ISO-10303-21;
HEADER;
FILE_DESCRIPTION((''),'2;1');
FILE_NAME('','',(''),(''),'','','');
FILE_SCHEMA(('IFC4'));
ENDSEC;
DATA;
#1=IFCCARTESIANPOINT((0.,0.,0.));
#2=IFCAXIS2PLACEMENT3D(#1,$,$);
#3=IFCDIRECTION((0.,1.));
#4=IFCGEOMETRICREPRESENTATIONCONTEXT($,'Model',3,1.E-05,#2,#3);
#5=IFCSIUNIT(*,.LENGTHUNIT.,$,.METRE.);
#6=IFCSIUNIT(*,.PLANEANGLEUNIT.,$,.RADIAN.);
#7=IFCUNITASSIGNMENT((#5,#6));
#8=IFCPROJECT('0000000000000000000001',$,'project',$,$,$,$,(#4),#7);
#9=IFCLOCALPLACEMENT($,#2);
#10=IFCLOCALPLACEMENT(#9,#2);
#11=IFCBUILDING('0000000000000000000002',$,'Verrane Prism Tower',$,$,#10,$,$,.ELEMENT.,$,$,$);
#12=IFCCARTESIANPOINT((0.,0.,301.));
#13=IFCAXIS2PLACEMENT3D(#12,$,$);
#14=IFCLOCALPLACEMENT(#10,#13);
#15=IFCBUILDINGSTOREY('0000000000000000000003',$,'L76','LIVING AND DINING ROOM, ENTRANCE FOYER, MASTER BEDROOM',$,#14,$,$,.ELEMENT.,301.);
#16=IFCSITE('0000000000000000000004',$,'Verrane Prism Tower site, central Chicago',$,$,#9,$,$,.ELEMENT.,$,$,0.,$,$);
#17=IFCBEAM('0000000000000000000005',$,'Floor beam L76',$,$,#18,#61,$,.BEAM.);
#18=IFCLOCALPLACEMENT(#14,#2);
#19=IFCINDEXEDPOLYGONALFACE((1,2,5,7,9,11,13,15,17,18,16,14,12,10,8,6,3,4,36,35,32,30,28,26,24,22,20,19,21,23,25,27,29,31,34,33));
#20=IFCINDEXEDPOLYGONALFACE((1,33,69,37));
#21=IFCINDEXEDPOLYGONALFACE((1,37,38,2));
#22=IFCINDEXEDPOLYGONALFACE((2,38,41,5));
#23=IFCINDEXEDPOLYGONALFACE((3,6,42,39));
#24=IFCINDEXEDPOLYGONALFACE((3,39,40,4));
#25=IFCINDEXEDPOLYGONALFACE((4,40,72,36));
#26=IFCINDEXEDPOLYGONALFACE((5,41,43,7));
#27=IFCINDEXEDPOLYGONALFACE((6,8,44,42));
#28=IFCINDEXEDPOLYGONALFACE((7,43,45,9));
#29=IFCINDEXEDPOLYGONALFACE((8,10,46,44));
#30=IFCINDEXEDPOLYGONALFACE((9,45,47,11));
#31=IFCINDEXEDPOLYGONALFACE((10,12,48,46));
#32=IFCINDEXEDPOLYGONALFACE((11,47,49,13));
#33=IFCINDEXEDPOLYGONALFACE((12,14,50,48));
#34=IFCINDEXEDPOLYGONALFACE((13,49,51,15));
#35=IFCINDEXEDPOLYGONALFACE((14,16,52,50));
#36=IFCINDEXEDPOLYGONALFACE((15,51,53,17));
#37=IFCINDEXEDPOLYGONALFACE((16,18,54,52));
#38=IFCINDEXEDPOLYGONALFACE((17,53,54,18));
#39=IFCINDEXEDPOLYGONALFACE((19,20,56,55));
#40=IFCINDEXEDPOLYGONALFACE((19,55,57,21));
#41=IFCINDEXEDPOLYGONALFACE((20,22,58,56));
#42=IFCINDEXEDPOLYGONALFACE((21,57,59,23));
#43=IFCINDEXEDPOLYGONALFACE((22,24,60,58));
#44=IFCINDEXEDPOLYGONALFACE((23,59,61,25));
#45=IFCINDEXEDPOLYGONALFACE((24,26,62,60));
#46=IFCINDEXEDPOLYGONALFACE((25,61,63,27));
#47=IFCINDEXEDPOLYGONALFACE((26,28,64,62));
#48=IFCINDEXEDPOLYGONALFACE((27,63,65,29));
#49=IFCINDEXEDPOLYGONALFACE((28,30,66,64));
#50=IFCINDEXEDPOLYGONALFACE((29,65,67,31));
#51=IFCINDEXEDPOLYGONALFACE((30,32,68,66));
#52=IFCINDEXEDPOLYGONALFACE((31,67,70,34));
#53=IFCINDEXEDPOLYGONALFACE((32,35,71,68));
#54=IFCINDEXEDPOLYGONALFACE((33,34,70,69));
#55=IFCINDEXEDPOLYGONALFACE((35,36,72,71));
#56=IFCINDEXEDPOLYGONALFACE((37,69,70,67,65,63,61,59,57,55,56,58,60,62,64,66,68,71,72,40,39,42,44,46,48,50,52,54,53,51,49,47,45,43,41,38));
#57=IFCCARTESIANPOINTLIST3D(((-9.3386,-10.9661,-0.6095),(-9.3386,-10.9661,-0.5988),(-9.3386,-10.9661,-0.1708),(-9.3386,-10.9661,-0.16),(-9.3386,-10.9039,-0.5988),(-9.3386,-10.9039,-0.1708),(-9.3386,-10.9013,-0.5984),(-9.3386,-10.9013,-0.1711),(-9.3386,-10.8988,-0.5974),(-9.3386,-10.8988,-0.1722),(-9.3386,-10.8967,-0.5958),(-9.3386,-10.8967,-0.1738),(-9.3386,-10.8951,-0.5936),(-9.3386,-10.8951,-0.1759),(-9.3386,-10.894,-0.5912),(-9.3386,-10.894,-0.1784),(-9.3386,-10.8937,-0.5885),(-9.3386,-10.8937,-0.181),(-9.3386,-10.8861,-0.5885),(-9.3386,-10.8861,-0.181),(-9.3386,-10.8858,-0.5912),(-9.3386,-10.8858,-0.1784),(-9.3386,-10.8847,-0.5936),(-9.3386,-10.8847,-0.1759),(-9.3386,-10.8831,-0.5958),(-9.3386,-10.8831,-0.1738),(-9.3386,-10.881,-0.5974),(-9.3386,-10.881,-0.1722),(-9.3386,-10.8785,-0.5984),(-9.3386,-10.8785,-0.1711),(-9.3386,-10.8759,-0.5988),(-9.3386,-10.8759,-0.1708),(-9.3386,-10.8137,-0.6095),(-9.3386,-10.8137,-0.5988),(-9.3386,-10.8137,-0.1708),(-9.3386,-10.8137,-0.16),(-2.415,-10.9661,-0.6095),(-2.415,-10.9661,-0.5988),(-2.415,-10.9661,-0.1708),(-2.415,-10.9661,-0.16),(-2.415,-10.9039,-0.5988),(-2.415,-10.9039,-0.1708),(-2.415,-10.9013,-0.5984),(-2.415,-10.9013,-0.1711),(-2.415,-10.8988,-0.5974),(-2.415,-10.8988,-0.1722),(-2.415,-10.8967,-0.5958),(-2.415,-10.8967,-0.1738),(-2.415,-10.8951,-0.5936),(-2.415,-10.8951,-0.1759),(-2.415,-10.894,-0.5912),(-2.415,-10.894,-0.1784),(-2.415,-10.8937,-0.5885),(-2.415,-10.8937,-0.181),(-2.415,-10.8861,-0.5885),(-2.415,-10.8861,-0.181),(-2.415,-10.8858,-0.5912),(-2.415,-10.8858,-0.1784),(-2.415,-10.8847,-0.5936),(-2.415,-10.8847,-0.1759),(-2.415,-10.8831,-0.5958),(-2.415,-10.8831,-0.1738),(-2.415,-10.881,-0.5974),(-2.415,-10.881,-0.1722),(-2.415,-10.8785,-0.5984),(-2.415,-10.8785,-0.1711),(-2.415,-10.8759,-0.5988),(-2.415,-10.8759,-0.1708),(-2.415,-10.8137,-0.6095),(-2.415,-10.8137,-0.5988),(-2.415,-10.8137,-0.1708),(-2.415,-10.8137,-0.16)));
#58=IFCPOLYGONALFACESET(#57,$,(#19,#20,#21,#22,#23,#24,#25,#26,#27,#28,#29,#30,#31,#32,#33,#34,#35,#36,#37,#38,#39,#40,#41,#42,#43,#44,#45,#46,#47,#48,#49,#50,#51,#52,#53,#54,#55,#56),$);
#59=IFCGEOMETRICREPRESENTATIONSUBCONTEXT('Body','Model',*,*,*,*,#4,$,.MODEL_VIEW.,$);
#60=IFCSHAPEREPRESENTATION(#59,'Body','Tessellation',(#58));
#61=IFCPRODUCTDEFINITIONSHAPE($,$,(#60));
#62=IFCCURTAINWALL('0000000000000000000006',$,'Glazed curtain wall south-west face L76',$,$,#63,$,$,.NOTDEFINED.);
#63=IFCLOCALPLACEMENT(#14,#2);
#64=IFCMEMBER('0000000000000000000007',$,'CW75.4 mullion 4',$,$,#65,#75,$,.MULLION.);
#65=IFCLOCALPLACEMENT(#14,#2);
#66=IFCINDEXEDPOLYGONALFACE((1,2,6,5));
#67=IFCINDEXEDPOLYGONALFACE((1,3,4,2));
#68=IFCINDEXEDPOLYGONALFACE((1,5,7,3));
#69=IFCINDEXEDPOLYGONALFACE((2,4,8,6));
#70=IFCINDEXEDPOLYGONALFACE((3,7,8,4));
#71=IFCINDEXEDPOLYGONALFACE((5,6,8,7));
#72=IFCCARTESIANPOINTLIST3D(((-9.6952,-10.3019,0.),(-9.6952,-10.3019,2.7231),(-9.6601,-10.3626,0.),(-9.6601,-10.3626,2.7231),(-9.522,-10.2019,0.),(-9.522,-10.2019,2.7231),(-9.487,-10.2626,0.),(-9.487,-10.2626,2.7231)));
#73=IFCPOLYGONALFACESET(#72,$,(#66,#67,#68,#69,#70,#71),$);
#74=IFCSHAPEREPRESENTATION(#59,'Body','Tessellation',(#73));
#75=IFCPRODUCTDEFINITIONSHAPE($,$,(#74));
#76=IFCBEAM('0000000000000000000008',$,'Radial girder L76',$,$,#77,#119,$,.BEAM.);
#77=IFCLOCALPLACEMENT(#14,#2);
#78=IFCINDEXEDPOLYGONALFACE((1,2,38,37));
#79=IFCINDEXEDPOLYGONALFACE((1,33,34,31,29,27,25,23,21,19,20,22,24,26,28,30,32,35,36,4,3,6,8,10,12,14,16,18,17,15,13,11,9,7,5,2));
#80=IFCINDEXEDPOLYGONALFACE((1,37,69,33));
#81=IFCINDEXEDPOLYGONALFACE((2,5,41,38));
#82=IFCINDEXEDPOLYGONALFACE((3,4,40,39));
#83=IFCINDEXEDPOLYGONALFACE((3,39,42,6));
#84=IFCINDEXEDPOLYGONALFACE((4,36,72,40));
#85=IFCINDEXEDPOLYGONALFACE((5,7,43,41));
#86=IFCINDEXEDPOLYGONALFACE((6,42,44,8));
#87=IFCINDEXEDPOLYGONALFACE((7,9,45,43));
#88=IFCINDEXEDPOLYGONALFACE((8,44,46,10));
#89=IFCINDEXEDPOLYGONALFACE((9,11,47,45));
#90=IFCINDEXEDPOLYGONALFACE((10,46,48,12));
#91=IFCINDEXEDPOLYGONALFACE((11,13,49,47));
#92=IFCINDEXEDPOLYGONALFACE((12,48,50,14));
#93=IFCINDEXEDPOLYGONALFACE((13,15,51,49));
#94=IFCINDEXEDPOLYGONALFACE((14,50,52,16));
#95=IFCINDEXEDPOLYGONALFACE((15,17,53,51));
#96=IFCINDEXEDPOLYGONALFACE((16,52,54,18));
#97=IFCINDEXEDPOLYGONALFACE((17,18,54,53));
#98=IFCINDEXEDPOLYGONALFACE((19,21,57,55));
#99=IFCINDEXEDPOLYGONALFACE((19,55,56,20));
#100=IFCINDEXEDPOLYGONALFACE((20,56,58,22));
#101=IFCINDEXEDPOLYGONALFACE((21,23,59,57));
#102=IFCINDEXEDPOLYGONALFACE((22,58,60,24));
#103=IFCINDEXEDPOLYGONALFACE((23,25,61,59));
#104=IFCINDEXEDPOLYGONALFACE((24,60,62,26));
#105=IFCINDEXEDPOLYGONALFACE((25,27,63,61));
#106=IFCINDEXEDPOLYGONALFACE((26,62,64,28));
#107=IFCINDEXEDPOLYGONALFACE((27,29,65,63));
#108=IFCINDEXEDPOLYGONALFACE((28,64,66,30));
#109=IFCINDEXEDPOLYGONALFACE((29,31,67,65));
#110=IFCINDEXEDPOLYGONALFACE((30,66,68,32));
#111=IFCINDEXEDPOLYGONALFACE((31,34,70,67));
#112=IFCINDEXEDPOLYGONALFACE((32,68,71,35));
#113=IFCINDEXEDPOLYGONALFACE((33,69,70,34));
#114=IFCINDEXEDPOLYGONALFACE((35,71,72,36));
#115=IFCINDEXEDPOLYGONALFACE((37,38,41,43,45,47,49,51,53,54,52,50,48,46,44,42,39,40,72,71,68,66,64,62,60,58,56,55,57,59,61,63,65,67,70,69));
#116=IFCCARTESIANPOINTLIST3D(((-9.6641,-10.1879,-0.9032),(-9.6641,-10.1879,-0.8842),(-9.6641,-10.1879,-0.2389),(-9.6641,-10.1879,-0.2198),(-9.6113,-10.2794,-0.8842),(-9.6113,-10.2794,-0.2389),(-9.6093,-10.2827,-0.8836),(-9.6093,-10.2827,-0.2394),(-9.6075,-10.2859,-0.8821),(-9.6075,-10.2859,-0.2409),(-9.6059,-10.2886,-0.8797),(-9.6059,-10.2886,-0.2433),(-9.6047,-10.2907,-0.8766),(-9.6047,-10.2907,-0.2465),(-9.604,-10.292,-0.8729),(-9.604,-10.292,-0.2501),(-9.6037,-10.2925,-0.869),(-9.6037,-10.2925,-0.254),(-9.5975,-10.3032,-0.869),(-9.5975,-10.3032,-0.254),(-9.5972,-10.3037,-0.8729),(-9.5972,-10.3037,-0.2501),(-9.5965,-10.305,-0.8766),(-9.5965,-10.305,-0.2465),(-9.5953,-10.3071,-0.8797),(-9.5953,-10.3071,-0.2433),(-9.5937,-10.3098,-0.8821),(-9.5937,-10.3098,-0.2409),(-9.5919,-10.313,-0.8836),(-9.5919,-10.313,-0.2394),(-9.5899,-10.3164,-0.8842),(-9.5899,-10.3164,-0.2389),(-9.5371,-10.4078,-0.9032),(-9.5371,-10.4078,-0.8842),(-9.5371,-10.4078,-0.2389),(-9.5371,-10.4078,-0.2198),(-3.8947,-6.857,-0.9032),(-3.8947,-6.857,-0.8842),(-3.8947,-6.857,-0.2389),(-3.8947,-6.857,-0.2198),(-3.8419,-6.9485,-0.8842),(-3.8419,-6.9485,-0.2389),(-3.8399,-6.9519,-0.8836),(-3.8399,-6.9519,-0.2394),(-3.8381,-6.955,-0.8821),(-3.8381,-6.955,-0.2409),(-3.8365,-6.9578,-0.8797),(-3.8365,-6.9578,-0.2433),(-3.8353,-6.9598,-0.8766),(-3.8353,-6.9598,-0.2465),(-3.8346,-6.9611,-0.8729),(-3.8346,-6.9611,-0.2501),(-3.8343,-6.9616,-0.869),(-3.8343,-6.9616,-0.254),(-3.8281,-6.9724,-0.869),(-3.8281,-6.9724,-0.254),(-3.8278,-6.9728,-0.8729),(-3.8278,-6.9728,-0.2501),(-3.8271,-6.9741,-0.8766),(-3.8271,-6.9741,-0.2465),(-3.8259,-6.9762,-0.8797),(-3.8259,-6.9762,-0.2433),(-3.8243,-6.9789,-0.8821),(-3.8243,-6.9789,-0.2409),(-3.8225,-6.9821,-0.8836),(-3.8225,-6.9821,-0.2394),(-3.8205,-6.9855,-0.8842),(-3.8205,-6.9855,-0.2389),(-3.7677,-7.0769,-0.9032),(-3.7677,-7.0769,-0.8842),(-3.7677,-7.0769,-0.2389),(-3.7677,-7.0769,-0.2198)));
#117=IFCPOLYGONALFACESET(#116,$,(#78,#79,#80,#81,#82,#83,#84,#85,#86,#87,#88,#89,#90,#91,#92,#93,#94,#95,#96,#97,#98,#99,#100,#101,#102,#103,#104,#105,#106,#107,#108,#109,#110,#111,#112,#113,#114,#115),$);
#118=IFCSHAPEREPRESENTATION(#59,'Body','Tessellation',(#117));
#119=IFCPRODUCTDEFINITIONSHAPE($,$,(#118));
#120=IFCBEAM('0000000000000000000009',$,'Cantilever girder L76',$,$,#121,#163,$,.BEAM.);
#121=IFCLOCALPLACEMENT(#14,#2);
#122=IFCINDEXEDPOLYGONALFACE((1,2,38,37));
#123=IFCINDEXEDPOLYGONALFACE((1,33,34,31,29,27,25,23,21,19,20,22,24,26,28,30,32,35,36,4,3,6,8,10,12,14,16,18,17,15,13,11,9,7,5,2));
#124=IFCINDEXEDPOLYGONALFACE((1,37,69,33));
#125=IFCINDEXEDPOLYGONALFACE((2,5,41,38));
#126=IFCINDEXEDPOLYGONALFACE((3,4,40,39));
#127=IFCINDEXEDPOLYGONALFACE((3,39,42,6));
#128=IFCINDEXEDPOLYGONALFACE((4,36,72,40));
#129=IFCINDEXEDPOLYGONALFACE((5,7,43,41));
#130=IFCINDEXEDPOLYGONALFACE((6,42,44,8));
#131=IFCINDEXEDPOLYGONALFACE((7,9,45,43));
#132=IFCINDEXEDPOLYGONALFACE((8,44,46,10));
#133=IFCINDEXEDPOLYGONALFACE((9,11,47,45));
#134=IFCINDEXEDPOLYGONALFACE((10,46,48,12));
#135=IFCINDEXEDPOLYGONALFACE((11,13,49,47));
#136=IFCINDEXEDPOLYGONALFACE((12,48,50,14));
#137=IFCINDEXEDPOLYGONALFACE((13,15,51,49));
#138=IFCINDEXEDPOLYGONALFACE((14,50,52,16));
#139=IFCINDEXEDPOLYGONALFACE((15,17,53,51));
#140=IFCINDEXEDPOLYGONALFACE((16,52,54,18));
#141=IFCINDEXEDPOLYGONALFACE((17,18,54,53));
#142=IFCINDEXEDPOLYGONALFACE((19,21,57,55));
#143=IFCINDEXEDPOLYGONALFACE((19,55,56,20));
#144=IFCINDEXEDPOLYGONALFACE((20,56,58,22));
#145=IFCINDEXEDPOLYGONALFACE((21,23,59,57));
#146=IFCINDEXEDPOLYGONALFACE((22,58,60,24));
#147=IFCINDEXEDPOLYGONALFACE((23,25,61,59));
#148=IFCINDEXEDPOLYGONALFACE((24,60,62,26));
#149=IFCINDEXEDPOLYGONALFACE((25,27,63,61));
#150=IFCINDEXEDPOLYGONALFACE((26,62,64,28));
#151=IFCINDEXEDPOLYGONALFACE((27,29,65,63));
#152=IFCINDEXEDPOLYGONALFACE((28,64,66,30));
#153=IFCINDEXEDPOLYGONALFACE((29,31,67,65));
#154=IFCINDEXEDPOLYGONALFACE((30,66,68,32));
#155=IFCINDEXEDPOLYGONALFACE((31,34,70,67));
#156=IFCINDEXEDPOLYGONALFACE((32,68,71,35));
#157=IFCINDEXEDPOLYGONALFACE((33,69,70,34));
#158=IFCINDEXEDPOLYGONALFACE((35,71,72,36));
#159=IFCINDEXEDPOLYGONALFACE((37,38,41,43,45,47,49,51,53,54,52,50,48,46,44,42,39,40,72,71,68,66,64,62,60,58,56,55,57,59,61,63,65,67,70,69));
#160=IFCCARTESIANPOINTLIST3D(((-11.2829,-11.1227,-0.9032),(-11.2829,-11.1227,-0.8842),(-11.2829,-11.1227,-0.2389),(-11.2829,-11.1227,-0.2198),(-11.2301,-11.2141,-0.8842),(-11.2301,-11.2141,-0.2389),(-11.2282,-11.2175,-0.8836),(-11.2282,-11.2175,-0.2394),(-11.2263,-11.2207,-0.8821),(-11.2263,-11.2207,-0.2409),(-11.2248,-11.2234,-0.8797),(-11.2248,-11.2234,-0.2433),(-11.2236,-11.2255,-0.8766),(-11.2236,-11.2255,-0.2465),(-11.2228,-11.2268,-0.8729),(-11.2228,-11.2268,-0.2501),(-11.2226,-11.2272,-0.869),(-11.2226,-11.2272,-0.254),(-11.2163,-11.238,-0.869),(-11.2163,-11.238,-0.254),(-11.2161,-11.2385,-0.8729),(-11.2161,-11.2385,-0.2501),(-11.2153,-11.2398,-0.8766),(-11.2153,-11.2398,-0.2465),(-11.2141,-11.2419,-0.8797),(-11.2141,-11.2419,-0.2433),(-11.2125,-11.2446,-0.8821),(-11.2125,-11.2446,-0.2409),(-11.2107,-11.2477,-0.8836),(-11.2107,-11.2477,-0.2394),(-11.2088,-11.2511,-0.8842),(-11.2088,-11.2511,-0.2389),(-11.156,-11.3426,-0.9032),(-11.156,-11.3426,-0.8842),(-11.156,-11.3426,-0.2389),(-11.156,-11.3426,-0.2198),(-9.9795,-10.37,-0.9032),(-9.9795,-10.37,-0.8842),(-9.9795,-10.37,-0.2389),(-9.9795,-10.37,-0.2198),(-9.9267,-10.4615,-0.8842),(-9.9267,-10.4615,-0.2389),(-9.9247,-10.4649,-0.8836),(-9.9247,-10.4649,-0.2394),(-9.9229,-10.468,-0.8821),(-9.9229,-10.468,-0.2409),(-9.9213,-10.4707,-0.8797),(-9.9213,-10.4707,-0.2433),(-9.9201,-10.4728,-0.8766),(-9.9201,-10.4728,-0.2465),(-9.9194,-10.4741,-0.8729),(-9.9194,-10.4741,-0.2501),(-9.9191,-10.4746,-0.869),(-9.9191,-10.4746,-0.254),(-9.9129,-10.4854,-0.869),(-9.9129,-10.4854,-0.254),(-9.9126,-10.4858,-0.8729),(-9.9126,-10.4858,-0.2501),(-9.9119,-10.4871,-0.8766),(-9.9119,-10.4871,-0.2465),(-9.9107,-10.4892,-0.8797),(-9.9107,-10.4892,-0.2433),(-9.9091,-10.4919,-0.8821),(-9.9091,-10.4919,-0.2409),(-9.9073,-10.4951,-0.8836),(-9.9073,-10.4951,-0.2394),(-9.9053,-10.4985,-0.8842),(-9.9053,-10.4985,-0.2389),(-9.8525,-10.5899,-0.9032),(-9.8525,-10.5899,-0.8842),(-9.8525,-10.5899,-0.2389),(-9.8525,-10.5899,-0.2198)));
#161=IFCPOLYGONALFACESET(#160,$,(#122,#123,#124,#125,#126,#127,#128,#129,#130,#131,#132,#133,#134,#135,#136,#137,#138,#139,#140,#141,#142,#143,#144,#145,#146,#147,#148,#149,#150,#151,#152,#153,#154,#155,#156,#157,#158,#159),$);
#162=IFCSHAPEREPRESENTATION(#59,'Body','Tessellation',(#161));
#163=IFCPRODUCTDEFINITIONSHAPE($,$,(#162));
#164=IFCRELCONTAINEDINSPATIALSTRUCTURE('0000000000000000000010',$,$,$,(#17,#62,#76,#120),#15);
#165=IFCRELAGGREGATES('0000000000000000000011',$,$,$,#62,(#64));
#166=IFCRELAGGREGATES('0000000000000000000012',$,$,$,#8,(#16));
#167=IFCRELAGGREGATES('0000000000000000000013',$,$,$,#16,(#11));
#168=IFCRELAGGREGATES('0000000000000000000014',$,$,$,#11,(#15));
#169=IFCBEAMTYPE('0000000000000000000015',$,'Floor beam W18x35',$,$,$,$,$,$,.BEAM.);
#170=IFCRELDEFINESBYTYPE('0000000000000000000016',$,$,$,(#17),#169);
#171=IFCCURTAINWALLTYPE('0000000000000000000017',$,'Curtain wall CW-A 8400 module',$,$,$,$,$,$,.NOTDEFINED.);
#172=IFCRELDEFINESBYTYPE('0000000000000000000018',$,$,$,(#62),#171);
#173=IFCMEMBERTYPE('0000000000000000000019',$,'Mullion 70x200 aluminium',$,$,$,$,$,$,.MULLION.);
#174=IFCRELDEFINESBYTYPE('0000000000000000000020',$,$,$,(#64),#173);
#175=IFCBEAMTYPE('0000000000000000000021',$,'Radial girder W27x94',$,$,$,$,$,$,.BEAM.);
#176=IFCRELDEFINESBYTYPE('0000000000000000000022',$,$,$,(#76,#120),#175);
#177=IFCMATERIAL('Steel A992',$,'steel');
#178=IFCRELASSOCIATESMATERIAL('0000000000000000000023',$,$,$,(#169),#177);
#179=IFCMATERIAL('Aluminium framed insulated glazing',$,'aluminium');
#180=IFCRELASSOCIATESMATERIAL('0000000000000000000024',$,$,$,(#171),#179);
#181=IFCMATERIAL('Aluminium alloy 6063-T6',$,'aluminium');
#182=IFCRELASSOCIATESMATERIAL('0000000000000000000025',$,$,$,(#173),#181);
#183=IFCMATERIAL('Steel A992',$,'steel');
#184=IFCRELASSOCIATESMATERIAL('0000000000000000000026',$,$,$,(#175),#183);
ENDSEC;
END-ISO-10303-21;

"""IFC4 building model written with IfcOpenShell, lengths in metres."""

from ifc_helpers import new_model, si_unit, direction, frame, origin, origin_2d, place, context, subcontext, project, spatial, rectangle, i_section, extrude, material, material_profile, profile_set, type_object, element, aggregate, save


model = new_model("IFC4")

# Units and contexts
model_context = context("Model", 3, precision=1e-05, world=origin(), true_north=direction((0.0, 1.0)))
body_context = subcontext(model_context, "Body", "Model", "MODEL_VIEW")
ifc_project = project(units=[si_unit("LENGTHUNIT", "METRE"), si_unit("PLANEANGLEUNIT", "RADIAN")], contexts=[model_context])

# Site, building, storey
site_placement = place(None, origin())
site = spatial("IfcSite", under=ifc_project, at=site_placement, Name="Verrane Prism Tower site, central Chicago", CompositionType="ELEMENT", RefElevation=0.0)
building_placement = place(site_placement, origin())
building = spatial("IfcBuilding", under=site, at=building_placement, Name="Verrane Prism Tower", CompositionType="ELEMENT")
storey_placement = place(building_placement, frame((0.0, 0.0, 301.0)))
storey = spatial("IfcBuildingStorey", under=building, at=storey_placement, Name="L76", Description="LIVING AND DINING ROOM, ENTRANCE FOYER, MASTER BEDROOM", CompositionType="ELEMENT", Elevation=301.0)

# Beam
ifc_material_1 = material(Name="Steel A992", Category="steel")
ifc_material_profile_1 = material_profile(ifc_material_1, i_section(OverallWidth=0.1523, OverallDepth=0.4495, WebThickness=0.0076, FlangeThickness=0.0107, FilletRadius=0.0103, at=origin_2d()), Name="W18x35")
ifc_profile_set_1 = profile_set([ifc_material_profile_1], Name="Steel A992")
beam_type_1 = type_object("IfcBeamType", Name="Floor beam W18x35", PredefinedType="BEAM", material=ifc_profile_set_1)
beam_1_placement = place(storey_placement, frame((-9.3386, -10.8899, -0.3848), z_axis=(1.0, 0.0, 0.0), x_axis=(0.0, 1.0, 0.0)))
element("IfcBeam", 1, at=beam_1_placement, inside=storey, type_object=beam_type_1, Name="Floor beam L76", PredefinedType="BEAM", context=body_context, shape_type="SweptSolid", body=[
    extrude(i_section(OverallWidth=0.1523, OverallDepth=0.4495, WebThickness=0.0076, FlangeThickness=0.0107, FilletRadius=0.0103, at=origin_2d()), origin(), (0.0, 0.0, 1.0), 6.9236),
])

# Curtain wall, member
ifc_material_2 = material(Name="Aluminium framed insulated glazing", Category="aluminium")
curtain_wall_type = type_object("IfcCurtainWallType", Name="Curtain wall CW-A 8400 module", PredefinedType="NOTDEFINED", material=ifc_material_2)
curtain_wall_placement = place(storey_placement, origin())
curtain_wall = element("IfcCurtainWall", 2, at=curtain_wall_placement, inside=storey, type_object=curtain_wall_type, Name="Glazed curtain wall south-west face L76", PredefinedType="NOTDEFINED")
ifc_material_3 = material(Name="Aluminium alloy 6063-T6", Category="aluminium")
ifc_material_profile_2 = material_profile(ifc_material_3, rectangle(XDim=0.2, YDim=0.0701, at=origin_2d()), Name="Mullion 70x200 aluminium")
ifc_profile_set_2 = profile_set([ifc_material_profile_2], Name="Aluminium alloy 6063-T6")
member_type_1 = type_object("IfcMemberType", Name="Mullion 70x200 aluminium", PredefinedType="MULLION", material=ifc_profile_set_2)
member_1_placement = place(storey_placement, frame((-9.5911, -10.2822, 0.0), z_axis=(0.0, 0.0, 1.0), x_axis=(0.866025, 0.500001, 0.0)))
member_1 = element("IfcMember", 3, at=member_1_placement, type_object=member_type_1, Name="CW75.4 mullion 4", PredefinedType="MULLION", context=body_context, shape_type="SweptSolid", body=[
    extrude(rectangle(XDim=0.2, YDim=0.0701, at=origin_2d()), origin(), (0.0, 0.0, 1.0), 2.7231),
])

# Beams
ifc_material_4 = material(Name="Steel A992", Category="steel")
ifc_material_profile_3 = material_profile(ifc_material_4, i_section(OverallWidth=0.2539, OverallDepth=0.6833, WebThickness=0.0125, FlangeThickness=0.019, FilletRadius=0.0151, at=origin_2d()), Name="W27x94")
ifc_profile_set_3 = profile_set([ifc_material_profile_3], Name="Steel A992")
beam_type_2 = type_object("IfcBeamType", Name="Radial girder W27x94", PredefinedType="BEAM", material=ifc_profile_set_3)
beam_2_placement = place(storey_placement, frame((-9.6006, -10.2979, -0.5615), z_axis=(0.866031, 0.49999, 0.0), x_axis=(-0.49999, 0.866031, 0.0)))
element("IfcBeam", 4, at=beam_2_placement, inside=storey, type_object=beam_type_2, Name="Radial girder L76", PredefinedType="BEAM", context=body_context, shape_type="SweptSolid", body=[
    extrude(i_section(OverallWidth=0.2539, OverallDepth=0.6833, WebThickness=0.0125, FlangeThickness=0.019, FilletRadius=0.0151, at=origin_2d()), origin(), (0.0, 0.0, 1.0), 6.6619),
])
beam_3_placement = place(storey_placement, frame((-9.916, -10.48, -0.5615), z_axis=(-0.865988, -0.500064, 0.0), x_axis=(0.500064, -0.865988, 0.0)))
element("IfcBeam", 5, at=beam_3_placement, inside=storey, type_object=beam_type_2, Name="Cantilever girder L76", PredefinedType="BEAM", context=body_context, shape_type="SweptSolid", body=[
    extrude(i_section(OverallWidth=0.2539, OverallDepth=0.6833, WebThickness=0.0125, FlangeThickness=0.019, FilletRadius=0.0151, at=origin_2d()), origin(), (0.0, 0.0, 1.0), 1.5051),
])

aggregate(curtain_wall, [member_1])

save(model, "model.ifc")
